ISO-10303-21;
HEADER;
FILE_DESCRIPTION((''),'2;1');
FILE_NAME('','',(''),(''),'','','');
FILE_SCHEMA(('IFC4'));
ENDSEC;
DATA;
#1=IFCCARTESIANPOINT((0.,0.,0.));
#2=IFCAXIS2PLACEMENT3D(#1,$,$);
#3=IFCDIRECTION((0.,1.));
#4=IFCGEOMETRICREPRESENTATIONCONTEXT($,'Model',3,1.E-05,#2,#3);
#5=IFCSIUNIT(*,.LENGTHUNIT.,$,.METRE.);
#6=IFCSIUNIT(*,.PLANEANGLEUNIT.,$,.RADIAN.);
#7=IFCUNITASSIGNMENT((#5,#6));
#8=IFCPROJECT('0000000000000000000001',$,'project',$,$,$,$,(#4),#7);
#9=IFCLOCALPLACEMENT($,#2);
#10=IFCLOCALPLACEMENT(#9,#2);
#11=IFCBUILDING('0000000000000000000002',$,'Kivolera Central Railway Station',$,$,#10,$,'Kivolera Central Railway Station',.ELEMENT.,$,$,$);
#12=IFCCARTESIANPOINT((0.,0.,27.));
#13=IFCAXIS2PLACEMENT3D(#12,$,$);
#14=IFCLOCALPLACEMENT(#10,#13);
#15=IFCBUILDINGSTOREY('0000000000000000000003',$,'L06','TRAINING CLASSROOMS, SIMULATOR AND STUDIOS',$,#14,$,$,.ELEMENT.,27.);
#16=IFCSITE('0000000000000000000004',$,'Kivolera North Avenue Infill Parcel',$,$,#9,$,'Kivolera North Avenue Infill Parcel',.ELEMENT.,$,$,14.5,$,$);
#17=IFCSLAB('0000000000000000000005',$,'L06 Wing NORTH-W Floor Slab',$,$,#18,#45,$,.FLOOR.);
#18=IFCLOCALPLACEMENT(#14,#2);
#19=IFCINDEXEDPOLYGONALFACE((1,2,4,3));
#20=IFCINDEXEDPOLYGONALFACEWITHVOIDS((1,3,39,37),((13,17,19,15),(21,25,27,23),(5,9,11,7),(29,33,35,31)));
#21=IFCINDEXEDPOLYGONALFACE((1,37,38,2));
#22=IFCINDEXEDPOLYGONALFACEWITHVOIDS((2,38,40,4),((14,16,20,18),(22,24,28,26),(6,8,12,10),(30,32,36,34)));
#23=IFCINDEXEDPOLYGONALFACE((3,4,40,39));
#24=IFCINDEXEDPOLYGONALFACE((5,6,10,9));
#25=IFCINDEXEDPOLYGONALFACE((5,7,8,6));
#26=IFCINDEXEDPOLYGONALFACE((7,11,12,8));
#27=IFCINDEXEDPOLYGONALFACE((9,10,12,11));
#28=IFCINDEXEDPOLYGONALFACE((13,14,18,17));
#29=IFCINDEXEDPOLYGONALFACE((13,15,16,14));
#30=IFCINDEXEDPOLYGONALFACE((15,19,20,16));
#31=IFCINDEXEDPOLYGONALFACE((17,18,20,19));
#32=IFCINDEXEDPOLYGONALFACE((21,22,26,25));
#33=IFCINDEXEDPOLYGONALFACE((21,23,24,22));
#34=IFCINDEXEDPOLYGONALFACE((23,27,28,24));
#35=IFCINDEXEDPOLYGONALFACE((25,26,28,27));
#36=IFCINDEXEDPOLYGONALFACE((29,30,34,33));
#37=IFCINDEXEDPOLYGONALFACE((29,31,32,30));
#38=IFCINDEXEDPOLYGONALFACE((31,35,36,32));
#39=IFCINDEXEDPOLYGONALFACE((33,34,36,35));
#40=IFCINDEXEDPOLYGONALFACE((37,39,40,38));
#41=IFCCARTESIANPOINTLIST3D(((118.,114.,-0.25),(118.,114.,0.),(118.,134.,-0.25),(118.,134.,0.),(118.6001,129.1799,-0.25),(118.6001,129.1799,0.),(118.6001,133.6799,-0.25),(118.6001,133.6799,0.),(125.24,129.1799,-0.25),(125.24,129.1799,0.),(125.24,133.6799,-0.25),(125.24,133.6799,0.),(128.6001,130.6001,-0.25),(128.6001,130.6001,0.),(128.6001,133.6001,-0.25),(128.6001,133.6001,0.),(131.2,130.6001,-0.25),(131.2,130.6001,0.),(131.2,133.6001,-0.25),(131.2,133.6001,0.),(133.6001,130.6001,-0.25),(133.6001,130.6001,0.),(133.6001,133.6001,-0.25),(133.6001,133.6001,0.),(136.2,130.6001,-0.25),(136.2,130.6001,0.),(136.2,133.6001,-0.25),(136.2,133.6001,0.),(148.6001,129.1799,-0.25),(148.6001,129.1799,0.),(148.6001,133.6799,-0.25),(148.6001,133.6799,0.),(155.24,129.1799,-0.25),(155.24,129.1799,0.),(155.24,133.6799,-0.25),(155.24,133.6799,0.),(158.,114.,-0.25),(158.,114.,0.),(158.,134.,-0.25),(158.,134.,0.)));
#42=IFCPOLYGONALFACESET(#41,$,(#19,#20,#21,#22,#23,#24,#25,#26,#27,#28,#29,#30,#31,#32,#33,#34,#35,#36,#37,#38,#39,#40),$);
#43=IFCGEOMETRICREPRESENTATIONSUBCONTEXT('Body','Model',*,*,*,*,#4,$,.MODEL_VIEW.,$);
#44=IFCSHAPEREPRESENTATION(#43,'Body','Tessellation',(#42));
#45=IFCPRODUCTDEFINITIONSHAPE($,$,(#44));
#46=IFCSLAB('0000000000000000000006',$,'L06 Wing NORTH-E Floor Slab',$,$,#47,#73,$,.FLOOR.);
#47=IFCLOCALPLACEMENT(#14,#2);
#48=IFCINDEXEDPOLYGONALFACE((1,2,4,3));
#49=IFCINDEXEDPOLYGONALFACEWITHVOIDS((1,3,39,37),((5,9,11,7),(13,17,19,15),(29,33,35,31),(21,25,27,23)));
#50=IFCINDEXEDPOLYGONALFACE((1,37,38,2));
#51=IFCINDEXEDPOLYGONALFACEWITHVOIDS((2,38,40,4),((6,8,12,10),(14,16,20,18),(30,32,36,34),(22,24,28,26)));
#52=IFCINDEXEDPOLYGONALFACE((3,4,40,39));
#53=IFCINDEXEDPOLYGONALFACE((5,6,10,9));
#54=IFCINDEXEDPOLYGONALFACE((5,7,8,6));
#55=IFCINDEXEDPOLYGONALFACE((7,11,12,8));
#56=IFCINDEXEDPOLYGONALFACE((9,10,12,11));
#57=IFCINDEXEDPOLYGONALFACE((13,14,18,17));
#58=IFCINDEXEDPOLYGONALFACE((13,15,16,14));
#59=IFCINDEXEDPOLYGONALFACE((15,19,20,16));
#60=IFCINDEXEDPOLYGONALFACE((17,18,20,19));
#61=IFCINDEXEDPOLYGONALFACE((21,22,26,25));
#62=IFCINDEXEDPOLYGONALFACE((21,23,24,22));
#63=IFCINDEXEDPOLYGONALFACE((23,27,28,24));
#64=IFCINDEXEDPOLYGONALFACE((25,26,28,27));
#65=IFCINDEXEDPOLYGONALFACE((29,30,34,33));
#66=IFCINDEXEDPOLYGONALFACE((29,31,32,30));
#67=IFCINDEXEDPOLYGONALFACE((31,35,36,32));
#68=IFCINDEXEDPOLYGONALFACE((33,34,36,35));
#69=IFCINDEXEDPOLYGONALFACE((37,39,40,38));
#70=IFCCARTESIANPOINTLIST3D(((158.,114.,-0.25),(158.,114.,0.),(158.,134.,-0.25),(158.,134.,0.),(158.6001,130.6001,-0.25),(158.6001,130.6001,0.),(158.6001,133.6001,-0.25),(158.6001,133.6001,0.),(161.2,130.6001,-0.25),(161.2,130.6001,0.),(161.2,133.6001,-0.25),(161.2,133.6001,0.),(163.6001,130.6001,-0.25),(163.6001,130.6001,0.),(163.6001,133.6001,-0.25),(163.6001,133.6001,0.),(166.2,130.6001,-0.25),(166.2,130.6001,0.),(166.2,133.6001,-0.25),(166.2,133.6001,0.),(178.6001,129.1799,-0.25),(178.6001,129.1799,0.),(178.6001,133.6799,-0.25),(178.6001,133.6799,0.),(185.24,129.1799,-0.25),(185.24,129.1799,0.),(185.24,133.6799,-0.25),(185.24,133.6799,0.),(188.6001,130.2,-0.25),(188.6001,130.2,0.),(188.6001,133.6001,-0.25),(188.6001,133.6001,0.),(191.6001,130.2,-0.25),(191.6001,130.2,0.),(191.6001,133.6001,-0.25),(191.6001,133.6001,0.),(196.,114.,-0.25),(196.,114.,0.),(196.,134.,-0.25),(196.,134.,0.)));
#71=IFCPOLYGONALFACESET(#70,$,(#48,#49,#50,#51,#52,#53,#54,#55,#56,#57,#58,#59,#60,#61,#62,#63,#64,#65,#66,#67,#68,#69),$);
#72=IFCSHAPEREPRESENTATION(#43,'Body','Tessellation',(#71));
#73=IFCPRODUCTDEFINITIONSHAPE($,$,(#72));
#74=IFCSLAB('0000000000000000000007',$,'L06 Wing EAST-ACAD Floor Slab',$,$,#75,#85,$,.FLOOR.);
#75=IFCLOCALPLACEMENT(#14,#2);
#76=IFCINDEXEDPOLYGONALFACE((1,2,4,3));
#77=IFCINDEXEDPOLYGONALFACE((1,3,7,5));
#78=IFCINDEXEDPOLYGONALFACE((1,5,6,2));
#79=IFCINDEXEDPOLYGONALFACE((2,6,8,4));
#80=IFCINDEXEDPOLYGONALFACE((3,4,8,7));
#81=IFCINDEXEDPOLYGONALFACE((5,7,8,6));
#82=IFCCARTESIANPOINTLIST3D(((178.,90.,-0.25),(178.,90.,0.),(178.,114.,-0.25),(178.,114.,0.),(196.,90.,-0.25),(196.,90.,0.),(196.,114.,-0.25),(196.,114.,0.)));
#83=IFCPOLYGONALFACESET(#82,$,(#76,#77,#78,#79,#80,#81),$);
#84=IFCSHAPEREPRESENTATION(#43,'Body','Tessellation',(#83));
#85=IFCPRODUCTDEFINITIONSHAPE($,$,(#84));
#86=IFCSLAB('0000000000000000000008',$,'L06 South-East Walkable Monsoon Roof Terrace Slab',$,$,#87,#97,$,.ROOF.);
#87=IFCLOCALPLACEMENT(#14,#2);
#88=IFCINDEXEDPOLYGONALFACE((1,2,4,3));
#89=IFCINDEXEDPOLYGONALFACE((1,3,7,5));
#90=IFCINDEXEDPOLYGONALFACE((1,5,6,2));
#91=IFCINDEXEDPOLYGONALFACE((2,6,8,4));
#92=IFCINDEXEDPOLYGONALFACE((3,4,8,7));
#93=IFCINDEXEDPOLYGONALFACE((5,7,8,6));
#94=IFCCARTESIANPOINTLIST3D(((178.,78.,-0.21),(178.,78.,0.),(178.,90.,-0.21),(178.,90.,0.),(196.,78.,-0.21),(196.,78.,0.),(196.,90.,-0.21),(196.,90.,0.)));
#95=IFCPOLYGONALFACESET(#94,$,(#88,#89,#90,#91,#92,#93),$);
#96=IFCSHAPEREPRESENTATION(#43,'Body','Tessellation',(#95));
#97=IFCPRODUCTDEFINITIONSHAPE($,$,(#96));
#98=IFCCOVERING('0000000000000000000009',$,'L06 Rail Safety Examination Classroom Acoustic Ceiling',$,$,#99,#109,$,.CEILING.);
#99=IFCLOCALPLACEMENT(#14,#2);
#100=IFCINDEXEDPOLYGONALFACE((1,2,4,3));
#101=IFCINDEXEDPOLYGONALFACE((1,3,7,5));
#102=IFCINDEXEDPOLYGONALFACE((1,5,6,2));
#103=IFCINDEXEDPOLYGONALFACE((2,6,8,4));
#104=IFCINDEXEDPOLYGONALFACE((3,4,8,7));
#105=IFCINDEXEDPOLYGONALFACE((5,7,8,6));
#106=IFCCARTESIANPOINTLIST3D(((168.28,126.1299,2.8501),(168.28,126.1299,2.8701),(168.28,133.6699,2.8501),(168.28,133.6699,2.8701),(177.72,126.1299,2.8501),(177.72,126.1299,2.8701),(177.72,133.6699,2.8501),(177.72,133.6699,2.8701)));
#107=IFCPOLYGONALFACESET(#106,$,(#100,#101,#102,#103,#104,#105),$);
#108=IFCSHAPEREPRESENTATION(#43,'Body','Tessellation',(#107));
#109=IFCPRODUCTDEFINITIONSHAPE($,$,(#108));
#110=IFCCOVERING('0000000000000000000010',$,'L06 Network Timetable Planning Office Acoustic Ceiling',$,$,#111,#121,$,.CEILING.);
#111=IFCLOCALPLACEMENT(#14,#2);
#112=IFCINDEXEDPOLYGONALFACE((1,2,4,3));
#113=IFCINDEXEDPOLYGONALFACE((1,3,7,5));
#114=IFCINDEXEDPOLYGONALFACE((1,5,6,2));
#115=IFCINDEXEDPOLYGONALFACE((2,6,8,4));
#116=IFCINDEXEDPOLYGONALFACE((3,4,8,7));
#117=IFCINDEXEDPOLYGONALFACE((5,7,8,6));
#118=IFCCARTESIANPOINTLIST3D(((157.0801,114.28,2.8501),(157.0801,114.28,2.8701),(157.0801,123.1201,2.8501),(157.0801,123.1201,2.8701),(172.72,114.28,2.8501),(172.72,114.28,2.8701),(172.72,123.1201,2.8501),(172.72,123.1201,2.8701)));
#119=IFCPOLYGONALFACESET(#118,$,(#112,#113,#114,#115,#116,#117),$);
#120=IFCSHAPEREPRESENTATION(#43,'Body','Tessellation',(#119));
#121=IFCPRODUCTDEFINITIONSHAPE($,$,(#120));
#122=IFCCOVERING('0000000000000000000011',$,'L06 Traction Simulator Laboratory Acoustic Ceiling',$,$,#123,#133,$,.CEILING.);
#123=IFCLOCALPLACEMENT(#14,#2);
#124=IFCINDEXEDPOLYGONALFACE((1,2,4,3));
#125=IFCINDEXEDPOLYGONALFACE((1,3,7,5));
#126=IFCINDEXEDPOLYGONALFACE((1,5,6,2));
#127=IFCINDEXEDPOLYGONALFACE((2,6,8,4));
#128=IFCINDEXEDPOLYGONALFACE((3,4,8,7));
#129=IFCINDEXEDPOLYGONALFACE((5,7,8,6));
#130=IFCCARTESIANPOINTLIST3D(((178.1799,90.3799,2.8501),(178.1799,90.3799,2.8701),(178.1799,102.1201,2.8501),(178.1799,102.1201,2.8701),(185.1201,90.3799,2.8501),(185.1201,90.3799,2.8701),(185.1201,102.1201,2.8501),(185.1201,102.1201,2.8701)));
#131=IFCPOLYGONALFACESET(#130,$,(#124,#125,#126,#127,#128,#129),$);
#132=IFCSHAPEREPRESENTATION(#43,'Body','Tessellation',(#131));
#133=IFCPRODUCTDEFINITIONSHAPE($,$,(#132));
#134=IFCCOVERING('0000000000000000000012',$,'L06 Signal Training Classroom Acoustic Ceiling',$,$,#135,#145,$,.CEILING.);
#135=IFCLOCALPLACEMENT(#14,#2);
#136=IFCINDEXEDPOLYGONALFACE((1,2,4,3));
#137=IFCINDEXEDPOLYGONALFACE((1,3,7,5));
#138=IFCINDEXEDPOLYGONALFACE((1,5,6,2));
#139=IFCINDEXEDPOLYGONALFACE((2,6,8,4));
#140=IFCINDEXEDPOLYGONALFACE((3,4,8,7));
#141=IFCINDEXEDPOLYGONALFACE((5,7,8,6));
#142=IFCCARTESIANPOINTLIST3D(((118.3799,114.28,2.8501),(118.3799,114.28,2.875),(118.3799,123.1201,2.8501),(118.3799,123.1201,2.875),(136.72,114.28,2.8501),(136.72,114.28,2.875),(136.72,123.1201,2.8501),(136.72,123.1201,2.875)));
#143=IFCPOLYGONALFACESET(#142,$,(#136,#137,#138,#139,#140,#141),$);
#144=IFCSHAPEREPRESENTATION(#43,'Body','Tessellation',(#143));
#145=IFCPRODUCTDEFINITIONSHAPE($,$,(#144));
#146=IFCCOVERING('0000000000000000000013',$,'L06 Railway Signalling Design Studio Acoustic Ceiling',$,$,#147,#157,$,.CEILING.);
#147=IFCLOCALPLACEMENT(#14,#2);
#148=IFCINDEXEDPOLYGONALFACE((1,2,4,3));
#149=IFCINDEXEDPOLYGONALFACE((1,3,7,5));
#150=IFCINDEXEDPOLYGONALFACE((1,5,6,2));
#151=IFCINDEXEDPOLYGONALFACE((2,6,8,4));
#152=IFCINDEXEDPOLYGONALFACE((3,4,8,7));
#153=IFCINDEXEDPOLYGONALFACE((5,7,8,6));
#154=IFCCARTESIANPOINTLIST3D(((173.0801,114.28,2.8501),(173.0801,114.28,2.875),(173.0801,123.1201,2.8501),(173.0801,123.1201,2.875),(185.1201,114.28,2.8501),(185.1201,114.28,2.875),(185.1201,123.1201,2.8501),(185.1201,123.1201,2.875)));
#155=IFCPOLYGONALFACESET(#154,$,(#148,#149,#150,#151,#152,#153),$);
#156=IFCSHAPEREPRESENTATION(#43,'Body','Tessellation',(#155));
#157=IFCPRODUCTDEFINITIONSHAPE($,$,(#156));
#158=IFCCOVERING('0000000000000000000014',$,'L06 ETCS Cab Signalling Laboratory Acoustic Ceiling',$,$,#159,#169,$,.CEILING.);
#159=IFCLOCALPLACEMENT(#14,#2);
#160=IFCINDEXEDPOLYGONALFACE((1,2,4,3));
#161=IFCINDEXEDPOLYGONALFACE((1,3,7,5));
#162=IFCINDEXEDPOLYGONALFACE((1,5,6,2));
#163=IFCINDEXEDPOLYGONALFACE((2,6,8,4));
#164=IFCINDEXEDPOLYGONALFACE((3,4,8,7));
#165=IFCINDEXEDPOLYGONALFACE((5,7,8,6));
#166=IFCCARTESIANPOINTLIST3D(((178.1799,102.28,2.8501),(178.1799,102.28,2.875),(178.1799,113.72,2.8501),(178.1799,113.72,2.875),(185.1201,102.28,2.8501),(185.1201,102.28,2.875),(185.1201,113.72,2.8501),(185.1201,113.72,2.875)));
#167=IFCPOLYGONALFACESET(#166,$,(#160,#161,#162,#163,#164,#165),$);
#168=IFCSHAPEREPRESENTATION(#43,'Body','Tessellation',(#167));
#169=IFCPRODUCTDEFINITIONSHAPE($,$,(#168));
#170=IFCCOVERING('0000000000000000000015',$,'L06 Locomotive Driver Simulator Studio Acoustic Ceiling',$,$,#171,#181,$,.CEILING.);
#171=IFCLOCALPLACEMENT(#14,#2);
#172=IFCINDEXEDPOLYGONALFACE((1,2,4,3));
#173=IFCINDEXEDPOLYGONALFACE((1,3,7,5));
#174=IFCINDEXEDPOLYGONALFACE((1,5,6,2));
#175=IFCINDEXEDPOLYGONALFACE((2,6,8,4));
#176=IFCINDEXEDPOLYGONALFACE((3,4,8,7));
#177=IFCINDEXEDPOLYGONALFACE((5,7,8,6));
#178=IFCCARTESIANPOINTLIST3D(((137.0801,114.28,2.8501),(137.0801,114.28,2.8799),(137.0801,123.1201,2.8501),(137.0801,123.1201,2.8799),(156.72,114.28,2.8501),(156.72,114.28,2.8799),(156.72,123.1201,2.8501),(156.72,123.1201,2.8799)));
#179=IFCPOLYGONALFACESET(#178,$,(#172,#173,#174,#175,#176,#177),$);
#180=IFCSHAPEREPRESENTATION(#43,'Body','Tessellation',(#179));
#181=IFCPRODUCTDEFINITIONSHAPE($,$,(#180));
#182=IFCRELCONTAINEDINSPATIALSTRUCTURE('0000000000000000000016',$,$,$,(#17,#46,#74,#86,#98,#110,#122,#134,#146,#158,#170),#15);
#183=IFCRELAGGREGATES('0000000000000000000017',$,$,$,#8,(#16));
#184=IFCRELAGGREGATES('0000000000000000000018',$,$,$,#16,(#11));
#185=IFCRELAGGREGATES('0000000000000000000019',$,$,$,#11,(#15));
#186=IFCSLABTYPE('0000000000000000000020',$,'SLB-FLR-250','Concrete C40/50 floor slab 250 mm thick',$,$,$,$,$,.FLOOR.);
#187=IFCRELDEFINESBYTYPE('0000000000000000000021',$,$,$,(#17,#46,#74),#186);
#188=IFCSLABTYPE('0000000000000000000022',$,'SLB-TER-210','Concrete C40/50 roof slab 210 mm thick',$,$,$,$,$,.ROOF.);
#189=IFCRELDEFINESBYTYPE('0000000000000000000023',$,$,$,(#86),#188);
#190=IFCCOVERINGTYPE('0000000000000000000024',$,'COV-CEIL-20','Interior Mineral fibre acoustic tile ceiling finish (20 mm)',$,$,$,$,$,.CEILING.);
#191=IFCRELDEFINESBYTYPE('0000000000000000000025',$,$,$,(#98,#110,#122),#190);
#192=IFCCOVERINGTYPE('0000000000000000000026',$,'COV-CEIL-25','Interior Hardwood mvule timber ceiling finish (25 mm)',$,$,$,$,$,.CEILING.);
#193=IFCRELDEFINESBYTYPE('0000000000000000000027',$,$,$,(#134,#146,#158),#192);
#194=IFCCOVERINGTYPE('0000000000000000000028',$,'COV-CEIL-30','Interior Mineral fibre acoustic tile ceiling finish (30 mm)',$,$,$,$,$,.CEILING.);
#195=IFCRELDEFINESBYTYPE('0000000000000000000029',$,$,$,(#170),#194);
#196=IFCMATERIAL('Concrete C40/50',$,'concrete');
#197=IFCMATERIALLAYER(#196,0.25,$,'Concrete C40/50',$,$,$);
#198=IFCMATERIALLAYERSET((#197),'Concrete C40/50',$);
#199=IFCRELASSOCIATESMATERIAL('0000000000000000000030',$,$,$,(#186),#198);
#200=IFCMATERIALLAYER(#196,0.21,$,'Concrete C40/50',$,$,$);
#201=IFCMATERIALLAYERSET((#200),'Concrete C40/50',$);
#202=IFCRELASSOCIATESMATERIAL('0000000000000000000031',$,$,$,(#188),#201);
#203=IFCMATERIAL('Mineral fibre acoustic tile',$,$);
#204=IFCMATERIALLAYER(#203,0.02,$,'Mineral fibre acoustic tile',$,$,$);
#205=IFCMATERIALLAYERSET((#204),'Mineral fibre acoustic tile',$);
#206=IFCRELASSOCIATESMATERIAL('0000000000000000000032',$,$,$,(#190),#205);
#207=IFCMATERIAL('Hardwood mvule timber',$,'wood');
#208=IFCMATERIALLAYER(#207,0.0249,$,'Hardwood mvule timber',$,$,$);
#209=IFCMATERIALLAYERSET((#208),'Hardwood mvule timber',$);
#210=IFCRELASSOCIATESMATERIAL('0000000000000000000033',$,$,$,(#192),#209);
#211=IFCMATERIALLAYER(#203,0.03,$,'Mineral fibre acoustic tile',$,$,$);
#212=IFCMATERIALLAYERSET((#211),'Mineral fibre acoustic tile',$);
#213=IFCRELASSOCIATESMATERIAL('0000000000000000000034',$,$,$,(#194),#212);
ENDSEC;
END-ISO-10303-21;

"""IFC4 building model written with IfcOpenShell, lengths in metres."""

from ifc_helpers import new_model, si_unit, direction, frame, origin, place, context, subcontext, project, spatial, polyline, outline, extrude, material, layer, layer_set, type_object, element, save


model = new_model("IFC4")

# Units and contexts
model_context = context("Model", 3, precision=1e-05, world=origin(), true_north=direction((0.0, 1.0)))
body_context = subcontext(model_context, "Body", "Model", "MODEL_VIEW")
ifc_project = project(units=[si_unit("LENGTHUNIT", "METRE"), si_unit("PLANEANGLEUNIT", "RADIAN")], contexts=[model_context])

# Site, building, storey
site_placement = place(None, origin())
site = spatial("IfcSite", under=ifc_project, at=site_placement, Name="Kivolera North Avenue Infill Parcel", LongName="Kivolera North Avenue Infill Parcel", CompositionType="ELEMENT", RefElevation=14.5)
building_placement = place(site_placement, origin())
building = spatial("IfcBuilding", under=site, at=building_placement, Name="Kivolera Central Railway Station", LongName="Kivolera Central Railway Station", CompositionType="ELEMENT")
storey_placement = place(building_placement, frame((0.0, 0.0, 27.0)))
storey = spatial("IfcBuildingStorey", under=building, at=storey_placement, Name="L06", Description="TRAINING CLASSROOMS, SIMULATOR AND STUDIOS", CompositionType="ELEMENT", Elevation=27.0)

# Slabs
ifc_material_1 = material(Name="Concrete C40/50", Category="concrete")
ifc_layer_1 = layer(ifc_material_1, 0.25, Name="Concrete C40/50")
ifc_layer_set_1 = layer_set([ifc_layer_1], Name="Concrete C40/50")
slab_type_1 = type_object("IfcSlabType", Name="SLB-FLR-250", Description="Concrete C40/50 floor slab 250 mm thick", PredefinedType="FLOOR", material=ifc_layer_set_1)
slab_1_placement = place(storey_placement, frame((0.0, 0.0, -0.25)))
element("IfcSlab", 1, at=slab_1_placement, inside=storey, type_object=slab_type_1, Name="L06 Wing NORTH-W Floor Slab", PredefinedType="FLOOR", context=body_context, shape_type="SweptSolid", body=[
    extrude(outline(polyline([(118.0, 114.0), (158.0, 114.0), (158.0, 134.0), (118.0, 134.0), (118.0, 114.0)]), holes=[polyline([(125.24, 133.6799), (118.6001, 133.6799), (118.6001, 129.1799), (125.24, 129.1799), (125.24, 133.6799)]), polyline([(155.24, 133.6799), (148.6001, 133.6799), (148.6001, 129.1799), (155.24, 129.1799), (155.24, 133.6799)]), polyline([(128.6001, 130.6001), (131.2, 130.6001), (131.2, 133.6001), (128.6001, 133.6001), (128.6001, 130.6001)]), polyline([(133.6001, 130.6001), (136.2, 130.6001), (136.2, 133.6001), (133.6001, 133.6001), (133.6001, 130.6001)])]), origin(), (0.0, 0.0, 1.0), 0.25),
])
slab_2_placement = place(storey_placement, frame((0.0, 0.0, -0.25)))
element("IfcSlab", 2, at=slab_2_placement, inside=storey, type_object=slab_type_1, Name="L06 Wing NORTH-E Floor Slab", PredefinedType="FLOOR", context=body_context, shape_type="SweptSolid", body=[
    extrude(outline(polyline([(158.0, 114.0), (196.0, 114.0), (196.0, 134.0), (158.0, 134.0), (158.0, 114.0)]), holes=[polyline([(185.24, 133.6799), (178.6001, 133.6799), (178.6001, 129.1799), (185.24, 129.1799), (185.24, 133.6799)]), polyline([(158.6001, 130.6001), (161.2, 130.6001), (161.2, 133.6001), (158.6001, 133.6001), (158.6001, 130.6001)]), polyline([(163.6001, 130.6001), (166.2, 130.6001), (166.2, 133.6001), (163.6001, 133.6001), (163.6001, 130.6001)]), polyline([(188.6001, 130.2), (191.6001, 130.2), (191.6001, 133.6001), (188.6001, 133.6001), (188.6001, 130.2)])]), origin(), (0.0, 0.0, 1.0), 0.25),
])
slab_3_placement = place(storey_placement, frame((0.0, 0.0, -0.25)))
element("IfcSlab", 3, at=slab_3_placement, inside=storey, type_object=slab_type_1, Name="L06 Wing EAST-ACAD Floor Slab", PredefinedType="FLOOR", context=body_context, shape_type="SweptSolid", body=[
    extrude(outline(polyline([(178.0, 90.0), (196.0, 90.0), (196.0, 114.0), (178.0, 114.0), (178.0, 90.0)])), origin(), (0.0, 0.0, 1.0), 0.25),
])
ifc_layer_2 = layer(ifc_material_1, 0.21, Name="Concrete C40/50")
ifc_layer_set_2 = layer_set([ifc_layer_2], Name="Concrete C40/50")
slab_type_2 = type_object("IfcSlabType", Name="SLB-TER-210", Description="Concrete C40/50 roof slab 210 mm thick", PredefinedType="ROOF", material=ifc_layer_set_2)
slab_4_placement = place(storey_placement, frame((0.0, 0.0, -0.21)))
element("IfcSlab", 4, at=slab_4_placement, inside=storey, type_object=slab_type_2, Name="L06 South-East Walkable Monsoon Roof Terrace Slab", PredefinedType="ROOF", context=body_context, shape_type="SweptSolid", body=[
    extrude(outline(polyline([(178.0, 78.0), (196.0, 78.0), (196.0, 90.0), (178.0, 90.0), (178.0, 78.0)])), origin(), (0.0, 0.0, 1.0), 0.21),
])

# Coverings
ifc_material_2 = material(Name="Mineral fibre acoustic tile")
ifc_layer_3 = layer(ifc_material_2, 0.02, Name="Mineral fibre acoustic tile")
ifc_layer_set_3 = layer_set([ifc_layer_3], Name="Mineral fibre acoustic tile")
covering_type_1 = type_object("IfcCoveringType", Name="COV-CEIL-20", Description="Interior Mineral fibre acoustic tile ceiling finish (20 mm)", PredefinedType="CEILING", material=ifc_layer_set_3)
covering_1_placement = place(storey_placement, frame((0.0, 0.0, 2.8501)))
element("IfcCovering", 5, at=covering_1_placement, inside=storey, type_object=covering_type_1, Name="L06 Rail Safety Examination Classroom Acoustic Ceiling", PredefinedType="CEILING", context=body_context, shape_type="SweptSolid", body=[
    extrude(outline(polyline([(168.28, 126.1299), (177.72, 126.1299), (177.72, 133.6699), (168.28, 133.6699), (168.28, 126.1299)])), origin(), (0.0, 0.0, 1.0), 0.02),
])
covering_2_placement = place(storey_placement, frame((0.0, 0.0, 2.8501)))
element("IfcCovering", 6, at=covering_2_placement, inside=storey, type_object=covering_type_1, Name="L06 Network Timetable Planning Office Acoustic Ceiling", PredefinedType="CEILING", context=body_context, shape_type="SweptSolid", body=[
    extrude(outline(polyline([(157.0801, 114.28), (172.72, 114.28), (172.72, 123.1201), (157.0801, 123.1201), (157.0801, 114.28)])), origin(), (0.0, 0.0, 1.0), 0.02),
])
covering_3_placement = place(storey_placement, frame((0.0, 0.0, 2.8501)))
element("IfcCovering", 7, at=covering_3_placement, inside=storey, type_object=covering_type_1, Name="L06 Traction Simulator Laboratory Acoustic Ceiling", PredefinedType="CEILING", context=body_context, shape_type="SweptSolid", body=[
    extrude(outline(polyline([(178.1799, 90.3799), (185.1201, 90.3799), (185.1201, 102.1201), (178.1799, 102.1201), (178.1799, 90.3799)])), origin(), (0.0, 0.0, 1.0), 0.02),
])
ifc_material_3 = material(Name="Hardwood mvule timber", Category="wood")
ifc_layer_4 = layer(ifc_material_3, 0.0249, Name="Hardwood mvule timber")
ifc_layer_set_4 = layer_set([ifc_layer_4], Name="Hardwood mvule timber")
covering_type_2 = type_object("IfcCoveringType", Name="COV-CEIL-25", Description="Interior Hardwood mvule timber ceiling finish (25 mm)", PredefinedType="CEILING", material=ifc_layer_set_4)
covering_4_placement = place(storey_placement, frame((0.0, 0.0, 2.8501)))
element("IfcCovering", 8, at=covering_4_placement, inside=storey, type_object=covering_type_2, Name="L06 Signal Training Classroom Acoustic Ceiling", PredefinedType="CEILING", context=body_context, shape_type="SweptSolid", body=[
    extrude(outline(polyline([(118.3799, 114.28), (136.72, 114.28), (136.72, 123.1201), (118.3799, 123.1201), (118.3799, 114.28)])), origin(), (0.0, 0.0, 1.0), 0.0249),
])
covering_5_placement = place(storey_placement, frame((0.0, 0.0, 2.8501)))
element("IfcCovering", 9, at=covering_5_placement, inside=storey, type_object=covering_type_2, Name="L06 Railway Signalling Design Studio Acoustic Ceiling", PredefinedType="CEILING", context=body_context, shape_type="SweptSolid", body=[
    extrude(outline(polyline([(173.0801, 114.28), (185.1201, 114.28), (185.1201, 123.1201), (173.0801, 123.1201), (173.0801, 114.28)])), origin(), (0.0, 0.0, 1.0), 0.0249),
])
covering_6_placement = place(storey_placement, frame((0.0, 0.0, 2.8501)))
element("IfcCovering", 10, at=covering_6_placement, inside=storey, type_object=covering_type_2, Name="L06 ETCS Cab Signalling Laboratory Acoustic Ceiling", PredefinedType="CEILING", context=body_context, shape_type="SweptSolid", body=[
    extrude(outline(polyline([(178.1799, 102.28), (185.1201, 102.28), (185.1201, 113.72), (178.1799, 113.72), (178.1799, 102.28)])), origin(), (0.0, 0.0, 1.0), 0.0249),
])
ifc_layer_5 = layer(ifc_material_2, 0.03, Name="Mineral fibre acoustic tile")
ifc_layer_set_5 = layer_set([ifc_layer_5], Name="Mineral fibre acoustic tile")
covering_type_3 = type_object("IfcCoveringType", Name="COV-CEIL-30", Description="Interior Mineral fibre acoustic tile ceiling finish (30 mm)", PredefinedType="CEILING", material=ifc_layer_set_5)
covering_7_placement = place(storey_placement, frame((0.0, 0.0, 2.8501)))
element("IfcCovering", 11, at=covering_7_placement, inside=storey, type_object=covering_type_3, Name="L06 Locomotive Driver Simulator Studio Acoustic Ceiling", PredefinedType="CEILING", context=body_context, shape_type="SweptSolid", body=[
    extrude(outline(polyline([(137.0801, 114.28), (156.72, 114.28), (156.72, 123.1201), (137.0801, 123.1201), (137.0801, 114.28)])), origin(), (0.0, 0.0, 1.0), 0.0298),
])

save(model, "model.ifc")
